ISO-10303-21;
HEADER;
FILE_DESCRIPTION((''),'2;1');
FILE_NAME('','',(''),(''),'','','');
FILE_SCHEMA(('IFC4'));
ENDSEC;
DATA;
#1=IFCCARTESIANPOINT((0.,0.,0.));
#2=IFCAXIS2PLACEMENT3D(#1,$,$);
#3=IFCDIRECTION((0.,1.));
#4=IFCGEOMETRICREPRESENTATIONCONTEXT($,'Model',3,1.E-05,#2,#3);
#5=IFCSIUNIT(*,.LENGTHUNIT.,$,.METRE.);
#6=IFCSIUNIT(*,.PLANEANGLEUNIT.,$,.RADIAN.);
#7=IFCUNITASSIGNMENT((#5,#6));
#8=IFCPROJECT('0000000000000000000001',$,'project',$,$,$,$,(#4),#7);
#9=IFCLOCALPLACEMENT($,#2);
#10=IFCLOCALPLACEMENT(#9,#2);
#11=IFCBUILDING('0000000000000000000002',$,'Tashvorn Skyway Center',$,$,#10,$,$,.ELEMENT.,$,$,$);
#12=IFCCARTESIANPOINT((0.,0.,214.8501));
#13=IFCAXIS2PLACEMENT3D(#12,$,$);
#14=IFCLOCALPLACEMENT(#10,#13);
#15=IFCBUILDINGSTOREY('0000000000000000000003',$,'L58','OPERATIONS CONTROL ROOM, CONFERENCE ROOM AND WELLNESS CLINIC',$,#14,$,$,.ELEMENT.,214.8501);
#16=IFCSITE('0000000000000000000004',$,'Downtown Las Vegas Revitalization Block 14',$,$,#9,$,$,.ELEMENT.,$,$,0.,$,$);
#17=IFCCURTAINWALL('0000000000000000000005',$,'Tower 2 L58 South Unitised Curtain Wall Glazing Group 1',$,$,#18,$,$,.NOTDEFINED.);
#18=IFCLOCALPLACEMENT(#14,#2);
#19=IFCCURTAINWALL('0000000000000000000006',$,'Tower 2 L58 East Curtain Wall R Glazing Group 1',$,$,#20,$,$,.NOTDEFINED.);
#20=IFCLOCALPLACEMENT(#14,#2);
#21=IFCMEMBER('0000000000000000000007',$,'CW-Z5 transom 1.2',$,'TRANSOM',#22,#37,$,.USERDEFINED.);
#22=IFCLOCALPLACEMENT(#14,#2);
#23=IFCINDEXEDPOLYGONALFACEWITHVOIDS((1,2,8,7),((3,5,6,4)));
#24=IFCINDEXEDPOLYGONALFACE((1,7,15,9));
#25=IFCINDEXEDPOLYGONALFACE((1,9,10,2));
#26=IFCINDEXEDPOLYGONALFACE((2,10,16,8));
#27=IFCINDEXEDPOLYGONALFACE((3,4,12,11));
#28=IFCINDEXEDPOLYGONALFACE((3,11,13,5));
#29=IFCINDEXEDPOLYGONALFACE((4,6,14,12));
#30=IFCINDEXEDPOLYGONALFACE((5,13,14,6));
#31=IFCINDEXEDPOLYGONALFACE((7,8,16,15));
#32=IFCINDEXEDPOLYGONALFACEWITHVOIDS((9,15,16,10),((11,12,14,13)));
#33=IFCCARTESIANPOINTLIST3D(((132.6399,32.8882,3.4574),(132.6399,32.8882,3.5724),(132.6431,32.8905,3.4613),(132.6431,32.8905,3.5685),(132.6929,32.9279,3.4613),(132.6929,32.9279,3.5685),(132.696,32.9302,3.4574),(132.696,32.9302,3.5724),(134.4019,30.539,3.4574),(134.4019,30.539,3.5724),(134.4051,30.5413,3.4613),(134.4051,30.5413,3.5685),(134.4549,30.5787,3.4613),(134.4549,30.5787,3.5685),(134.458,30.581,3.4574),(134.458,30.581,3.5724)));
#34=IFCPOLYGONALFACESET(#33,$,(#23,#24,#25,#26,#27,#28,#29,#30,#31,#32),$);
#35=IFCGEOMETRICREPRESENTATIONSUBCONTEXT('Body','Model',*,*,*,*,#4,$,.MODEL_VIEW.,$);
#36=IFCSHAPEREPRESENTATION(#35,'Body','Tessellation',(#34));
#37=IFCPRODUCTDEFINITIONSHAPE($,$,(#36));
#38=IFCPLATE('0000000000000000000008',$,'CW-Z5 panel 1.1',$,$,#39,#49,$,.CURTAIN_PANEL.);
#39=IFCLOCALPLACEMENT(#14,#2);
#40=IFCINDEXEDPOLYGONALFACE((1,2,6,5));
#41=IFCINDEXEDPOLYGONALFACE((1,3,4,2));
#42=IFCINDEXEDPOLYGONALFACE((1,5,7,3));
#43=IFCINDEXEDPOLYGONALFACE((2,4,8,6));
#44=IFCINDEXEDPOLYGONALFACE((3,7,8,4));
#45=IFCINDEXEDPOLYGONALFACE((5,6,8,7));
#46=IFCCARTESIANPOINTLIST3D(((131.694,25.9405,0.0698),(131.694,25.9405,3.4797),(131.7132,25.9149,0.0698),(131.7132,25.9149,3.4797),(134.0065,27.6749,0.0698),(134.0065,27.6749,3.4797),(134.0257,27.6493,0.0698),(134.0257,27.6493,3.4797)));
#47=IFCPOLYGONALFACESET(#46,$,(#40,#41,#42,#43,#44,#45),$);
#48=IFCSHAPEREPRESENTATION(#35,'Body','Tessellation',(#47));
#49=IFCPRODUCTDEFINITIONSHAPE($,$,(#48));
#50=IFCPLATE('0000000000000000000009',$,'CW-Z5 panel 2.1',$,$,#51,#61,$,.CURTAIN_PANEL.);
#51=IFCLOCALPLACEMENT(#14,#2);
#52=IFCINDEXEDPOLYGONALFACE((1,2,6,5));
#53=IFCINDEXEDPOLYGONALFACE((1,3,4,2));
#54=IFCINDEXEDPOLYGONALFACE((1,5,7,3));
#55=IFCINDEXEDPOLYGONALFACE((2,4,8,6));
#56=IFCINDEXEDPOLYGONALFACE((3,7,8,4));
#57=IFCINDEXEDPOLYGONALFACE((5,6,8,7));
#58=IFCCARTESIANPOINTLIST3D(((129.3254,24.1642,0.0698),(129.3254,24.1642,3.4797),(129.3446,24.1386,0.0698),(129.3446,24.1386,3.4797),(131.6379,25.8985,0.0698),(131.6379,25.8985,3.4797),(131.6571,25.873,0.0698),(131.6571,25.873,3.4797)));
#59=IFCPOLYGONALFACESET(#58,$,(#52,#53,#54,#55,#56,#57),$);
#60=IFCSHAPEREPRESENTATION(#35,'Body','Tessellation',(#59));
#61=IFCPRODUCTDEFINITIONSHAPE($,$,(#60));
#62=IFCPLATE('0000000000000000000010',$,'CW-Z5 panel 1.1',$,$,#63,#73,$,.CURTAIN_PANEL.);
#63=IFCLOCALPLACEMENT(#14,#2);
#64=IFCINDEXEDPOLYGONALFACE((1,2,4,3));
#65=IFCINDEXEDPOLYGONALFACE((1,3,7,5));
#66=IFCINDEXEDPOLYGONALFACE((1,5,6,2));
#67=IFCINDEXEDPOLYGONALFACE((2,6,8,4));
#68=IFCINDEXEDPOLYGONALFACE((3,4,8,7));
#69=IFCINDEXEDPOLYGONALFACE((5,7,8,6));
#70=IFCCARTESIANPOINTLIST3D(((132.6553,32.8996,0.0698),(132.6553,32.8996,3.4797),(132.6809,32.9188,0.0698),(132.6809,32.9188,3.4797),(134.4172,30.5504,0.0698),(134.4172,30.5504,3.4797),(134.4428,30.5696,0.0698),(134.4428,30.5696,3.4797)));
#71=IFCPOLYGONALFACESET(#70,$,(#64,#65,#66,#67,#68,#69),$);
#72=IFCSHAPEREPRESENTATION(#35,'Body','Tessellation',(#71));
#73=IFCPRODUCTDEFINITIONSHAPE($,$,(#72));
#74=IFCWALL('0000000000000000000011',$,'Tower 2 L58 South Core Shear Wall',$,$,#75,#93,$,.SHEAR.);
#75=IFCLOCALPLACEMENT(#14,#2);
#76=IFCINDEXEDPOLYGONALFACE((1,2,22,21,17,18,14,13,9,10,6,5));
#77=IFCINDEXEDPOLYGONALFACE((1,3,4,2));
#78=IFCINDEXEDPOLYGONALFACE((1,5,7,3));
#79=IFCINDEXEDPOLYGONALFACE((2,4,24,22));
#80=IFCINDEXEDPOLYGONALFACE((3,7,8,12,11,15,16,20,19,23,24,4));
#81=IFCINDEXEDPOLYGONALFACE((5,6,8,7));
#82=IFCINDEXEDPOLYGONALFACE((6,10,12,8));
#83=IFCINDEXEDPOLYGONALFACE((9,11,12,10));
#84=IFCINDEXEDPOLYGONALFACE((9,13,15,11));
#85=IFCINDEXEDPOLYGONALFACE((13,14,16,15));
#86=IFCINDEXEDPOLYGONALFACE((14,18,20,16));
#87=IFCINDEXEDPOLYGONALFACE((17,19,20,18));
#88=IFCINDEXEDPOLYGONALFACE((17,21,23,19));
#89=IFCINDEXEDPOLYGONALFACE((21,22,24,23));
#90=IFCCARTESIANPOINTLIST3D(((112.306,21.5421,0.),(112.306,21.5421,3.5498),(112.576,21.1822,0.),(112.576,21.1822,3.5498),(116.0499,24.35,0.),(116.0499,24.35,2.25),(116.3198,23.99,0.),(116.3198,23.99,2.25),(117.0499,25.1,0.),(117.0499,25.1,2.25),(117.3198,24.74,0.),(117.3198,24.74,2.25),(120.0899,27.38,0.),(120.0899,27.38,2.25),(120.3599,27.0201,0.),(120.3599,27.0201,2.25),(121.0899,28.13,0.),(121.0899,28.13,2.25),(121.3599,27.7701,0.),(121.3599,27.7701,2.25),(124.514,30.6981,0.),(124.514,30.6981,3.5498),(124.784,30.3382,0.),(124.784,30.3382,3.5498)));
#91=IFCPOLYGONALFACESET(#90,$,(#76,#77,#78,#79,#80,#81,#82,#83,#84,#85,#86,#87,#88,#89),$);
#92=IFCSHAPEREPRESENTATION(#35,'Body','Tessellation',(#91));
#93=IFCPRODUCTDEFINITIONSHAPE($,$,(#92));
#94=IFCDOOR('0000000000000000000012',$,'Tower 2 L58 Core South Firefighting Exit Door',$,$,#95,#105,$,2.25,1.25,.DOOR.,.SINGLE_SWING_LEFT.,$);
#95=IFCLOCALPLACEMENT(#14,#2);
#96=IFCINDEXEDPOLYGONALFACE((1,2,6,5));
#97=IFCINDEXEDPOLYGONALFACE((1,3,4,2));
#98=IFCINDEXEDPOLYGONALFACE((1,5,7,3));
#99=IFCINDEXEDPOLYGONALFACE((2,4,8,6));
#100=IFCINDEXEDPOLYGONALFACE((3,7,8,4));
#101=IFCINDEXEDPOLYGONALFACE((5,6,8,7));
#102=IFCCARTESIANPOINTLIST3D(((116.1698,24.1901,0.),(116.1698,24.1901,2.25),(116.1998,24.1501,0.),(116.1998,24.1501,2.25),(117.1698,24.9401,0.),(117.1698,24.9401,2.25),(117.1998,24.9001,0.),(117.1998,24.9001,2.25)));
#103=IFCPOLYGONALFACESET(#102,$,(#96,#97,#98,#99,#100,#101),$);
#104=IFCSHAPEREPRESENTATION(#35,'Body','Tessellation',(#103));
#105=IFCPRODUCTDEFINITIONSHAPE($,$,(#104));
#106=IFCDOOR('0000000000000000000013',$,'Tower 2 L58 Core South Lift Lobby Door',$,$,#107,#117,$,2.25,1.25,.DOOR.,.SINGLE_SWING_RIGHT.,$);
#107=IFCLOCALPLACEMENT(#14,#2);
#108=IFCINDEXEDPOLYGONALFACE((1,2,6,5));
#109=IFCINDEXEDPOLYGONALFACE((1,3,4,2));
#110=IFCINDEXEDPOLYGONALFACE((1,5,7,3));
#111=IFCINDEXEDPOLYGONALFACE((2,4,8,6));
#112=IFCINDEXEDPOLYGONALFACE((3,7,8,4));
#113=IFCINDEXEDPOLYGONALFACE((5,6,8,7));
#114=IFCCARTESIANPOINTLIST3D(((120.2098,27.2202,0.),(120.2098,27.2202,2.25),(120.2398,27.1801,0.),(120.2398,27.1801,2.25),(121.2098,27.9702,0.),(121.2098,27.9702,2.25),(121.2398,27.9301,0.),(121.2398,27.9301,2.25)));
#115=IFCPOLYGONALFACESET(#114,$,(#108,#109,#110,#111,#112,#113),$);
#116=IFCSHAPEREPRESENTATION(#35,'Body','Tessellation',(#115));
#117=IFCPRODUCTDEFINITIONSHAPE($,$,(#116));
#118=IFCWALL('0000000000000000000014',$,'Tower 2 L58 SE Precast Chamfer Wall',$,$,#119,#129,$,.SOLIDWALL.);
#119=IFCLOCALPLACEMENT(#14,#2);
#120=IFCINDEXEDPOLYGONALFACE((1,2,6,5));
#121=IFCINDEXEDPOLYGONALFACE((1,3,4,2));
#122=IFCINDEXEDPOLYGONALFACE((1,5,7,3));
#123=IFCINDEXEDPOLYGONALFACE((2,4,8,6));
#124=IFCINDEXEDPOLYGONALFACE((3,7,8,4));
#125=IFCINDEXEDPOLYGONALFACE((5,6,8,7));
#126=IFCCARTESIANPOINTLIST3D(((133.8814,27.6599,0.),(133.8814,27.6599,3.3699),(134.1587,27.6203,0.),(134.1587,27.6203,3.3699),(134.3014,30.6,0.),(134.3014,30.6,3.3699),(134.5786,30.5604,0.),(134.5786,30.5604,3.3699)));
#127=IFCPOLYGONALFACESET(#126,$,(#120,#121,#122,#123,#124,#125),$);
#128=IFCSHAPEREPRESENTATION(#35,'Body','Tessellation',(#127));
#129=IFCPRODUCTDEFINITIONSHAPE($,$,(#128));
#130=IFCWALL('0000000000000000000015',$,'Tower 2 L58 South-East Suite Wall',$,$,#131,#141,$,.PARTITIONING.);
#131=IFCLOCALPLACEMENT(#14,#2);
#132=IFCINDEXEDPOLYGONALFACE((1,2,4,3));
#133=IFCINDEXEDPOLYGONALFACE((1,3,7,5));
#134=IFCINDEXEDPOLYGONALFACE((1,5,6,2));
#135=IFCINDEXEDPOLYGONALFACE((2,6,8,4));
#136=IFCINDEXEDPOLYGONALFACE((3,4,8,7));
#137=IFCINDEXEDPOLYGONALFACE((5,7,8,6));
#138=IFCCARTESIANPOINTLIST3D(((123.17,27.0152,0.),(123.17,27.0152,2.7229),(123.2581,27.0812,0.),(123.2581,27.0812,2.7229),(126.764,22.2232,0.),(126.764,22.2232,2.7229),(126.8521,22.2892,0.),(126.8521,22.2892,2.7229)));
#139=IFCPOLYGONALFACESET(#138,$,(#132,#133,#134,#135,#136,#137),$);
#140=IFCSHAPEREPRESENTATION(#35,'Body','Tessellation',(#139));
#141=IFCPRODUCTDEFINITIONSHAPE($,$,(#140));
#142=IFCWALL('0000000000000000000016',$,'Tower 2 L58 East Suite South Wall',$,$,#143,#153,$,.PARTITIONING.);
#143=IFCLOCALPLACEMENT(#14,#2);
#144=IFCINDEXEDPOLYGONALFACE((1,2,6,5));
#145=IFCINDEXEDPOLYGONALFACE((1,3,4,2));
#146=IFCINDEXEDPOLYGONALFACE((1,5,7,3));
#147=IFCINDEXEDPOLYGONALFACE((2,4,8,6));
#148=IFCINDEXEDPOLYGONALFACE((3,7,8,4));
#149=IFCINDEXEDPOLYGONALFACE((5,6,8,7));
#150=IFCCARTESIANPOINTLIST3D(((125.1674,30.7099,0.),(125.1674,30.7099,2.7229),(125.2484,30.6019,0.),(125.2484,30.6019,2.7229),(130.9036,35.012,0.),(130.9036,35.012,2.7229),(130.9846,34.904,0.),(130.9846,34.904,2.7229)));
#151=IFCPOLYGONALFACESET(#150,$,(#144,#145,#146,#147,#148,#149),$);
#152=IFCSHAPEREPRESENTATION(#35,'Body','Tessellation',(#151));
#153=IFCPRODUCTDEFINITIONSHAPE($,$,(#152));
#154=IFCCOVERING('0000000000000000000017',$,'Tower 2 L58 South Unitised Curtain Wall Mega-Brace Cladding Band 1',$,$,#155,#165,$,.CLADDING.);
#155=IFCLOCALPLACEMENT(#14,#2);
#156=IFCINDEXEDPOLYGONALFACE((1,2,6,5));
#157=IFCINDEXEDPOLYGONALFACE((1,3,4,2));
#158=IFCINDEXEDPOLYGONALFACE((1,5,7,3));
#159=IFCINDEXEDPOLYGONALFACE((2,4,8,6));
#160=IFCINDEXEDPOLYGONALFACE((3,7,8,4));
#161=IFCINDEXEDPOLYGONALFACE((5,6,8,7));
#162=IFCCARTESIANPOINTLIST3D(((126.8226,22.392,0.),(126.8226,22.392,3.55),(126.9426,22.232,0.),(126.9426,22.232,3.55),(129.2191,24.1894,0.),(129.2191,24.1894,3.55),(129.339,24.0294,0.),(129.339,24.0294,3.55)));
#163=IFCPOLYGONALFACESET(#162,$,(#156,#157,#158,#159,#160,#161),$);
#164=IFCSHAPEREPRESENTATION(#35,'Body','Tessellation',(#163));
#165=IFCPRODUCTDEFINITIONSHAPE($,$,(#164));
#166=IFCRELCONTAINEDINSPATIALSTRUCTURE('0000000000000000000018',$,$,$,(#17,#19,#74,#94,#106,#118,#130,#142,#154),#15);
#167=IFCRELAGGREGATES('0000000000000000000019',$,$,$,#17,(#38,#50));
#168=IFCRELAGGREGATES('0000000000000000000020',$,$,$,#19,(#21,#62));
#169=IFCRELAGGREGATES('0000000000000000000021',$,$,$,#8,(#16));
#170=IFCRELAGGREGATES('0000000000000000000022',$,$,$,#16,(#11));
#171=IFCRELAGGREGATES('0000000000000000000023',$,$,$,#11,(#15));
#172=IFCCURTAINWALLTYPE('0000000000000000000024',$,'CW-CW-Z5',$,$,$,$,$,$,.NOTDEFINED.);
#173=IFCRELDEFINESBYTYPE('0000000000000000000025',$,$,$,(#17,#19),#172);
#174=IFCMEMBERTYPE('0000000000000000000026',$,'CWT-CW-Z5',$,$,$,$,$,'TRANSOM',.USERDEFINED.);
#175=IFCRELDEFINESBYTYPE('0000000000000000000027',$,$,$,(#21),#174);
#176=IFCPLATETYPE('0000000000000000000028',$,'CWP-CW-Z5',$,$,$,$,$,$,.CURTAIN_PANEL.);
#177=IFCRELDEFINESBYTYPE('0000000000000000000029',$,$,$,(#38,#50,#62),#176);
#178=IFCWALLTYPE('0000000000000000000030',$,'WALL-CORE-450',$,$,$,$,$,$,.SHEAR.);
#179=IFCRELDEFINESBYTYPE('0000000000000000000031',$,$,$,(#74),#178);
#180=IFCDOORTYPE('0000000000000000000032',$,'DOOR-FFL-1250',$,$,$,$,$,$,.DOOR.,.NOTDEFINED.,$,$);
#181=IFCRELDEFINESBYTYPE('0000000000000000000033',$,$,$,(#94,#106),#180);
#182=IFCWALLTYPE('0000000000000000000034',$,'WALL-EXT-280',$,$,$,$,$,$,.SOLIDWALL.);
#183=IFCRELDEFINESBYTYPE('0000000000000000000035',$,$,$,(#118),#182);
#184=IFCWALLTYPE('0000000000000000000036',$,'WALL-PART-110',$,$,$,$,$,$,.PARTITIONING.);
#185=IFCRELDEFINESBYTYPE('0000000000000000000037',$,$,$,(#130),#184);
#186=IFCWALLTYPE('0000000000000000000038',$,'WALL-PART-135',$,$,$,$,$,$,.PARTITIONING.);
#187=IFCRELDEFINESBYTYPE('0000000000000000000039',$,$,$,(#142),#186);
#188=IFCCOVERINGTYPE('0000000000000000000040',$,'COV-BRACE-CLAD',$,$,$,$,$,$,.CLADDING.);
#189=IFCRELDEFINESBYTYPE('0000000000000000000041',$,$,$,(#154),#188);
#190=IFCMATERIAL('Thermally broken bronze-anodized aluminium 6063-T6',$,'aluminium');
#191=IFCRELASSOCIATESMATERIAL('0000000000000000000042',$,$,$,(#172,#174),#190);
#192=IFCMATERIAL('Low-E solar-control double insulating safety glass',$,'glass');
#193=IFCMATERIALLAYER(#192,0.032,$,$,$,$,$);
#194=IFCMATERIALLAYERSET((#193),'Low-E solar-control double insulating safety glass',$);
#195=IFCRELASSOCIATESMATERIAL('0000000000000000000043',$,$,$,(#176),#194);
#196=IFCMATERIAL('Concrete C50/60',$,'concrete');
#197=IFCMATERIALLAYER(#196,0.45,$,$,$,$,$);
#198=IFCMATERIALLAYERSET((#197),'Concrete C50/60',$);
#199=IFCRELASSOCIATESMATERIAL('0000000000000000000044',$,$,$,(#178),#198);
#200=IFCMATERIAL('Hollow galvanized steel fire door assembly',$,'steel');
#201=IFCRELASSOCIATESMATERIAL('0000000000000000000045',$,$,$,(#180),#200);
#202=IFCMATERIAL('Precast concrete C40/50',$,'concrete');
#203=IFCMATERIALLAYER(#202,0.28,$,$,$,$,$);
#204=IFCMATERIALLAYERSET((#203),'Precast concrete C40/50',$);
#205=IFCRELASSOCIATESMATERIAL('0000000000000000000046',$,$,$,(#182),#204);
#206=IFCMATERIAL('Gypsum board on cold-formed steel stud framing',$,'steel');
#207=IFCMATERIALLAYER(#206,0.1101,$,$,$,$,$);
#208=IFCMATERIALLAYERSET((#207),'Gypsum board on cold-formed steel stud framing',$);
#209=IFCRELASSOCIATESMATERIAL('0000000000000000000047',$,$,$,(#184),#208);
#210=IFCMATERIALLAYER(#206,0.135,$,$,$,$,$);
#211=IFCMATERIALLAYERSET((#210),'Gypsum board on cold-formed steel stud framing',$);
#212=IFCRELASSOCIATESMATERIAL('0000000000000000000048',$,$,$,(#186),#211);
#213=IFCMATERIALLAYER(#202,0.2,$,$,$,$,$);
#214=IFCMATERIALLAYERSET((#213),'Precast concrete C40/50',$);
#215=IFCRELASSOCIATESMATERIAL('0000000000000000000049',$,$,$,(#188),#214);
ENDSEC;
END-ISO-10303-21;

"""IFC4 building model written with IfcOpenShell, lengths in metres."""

from ifc_helpers import new_model, si_unit, direction, frame, frame_2d, origin, origin_2d, place, context, subcontext, project, spatial, rectangle, hollow_rectangle, extrude, material, layer, layer_set, material_profile, profile_set, type_object, element, fill, aggregate, save


model = new_model("IFC4")

# Units and contexts
model_context = context("Model", 3, precision=1e-05, world=origin(), true_north=direction((0.0, 1.0)))
body_context = subcontext(model_context, "Body", "Model", "MODEL_VIEW")
ifc_project = project(units=[si_unit("LENGTHUNIT", "METRE"), si_unit("PLANEANGLEUNIT", "RADIAN")], contexts=[model_context])

# Site, building, storey
site_placement = place(None, origin())
site = spatial("IfcSite", under=ifc_project, at=site_placement, Name="Downtown Las Vegas Revitalization Block 14", CompositionType="ELEMENT", RefElevation=0.0)
building_placement = place(site_placement, origin())
building = spatial("IfcBuilding", under=site, at=building_placement, Name="Tashvorn Skyway Center", CompositionType="ELEMENT")
storey_placement = place(building_placement, frame((0.0, 0.0, 214.8501)))
storey = spatial("IfcBuildingStorey", under=building, at=storey_placement, Name="L58", Description="OPERATIONS CONTROL ROOM, CONFERENCE ROOM AND WELLNESS CLINIC", CompositionType="ELEMENT", Elevation=214.8501)

# Curtain wall
ifc_material_1 = material(Name="Thermally broken bronze-anodized aluminium 6063-T6", Category="aluminium")
curtain_wall_type = type_object("IfcCurtainWallType", Name="CW-CW-Z5", PredefinedType="NOTDEFINED", material=ifc_material_1)
curtain_wall_1_placement = place(storey_placement, origin())
curtain_wall_1 = element("IfcCurtainWall", 1, at=curtain_wall_1_placement, inside=storey, type_object=curtain_wall_type, Name="Tower 2 L58 South Unitised Curtain Wall Glazing Group 1", PredefinedType="NOTDEFINED")

# Curtain wall
curtain_wall_2_placement = place(storey_placement, origin())
curtain_wall_2 = element("IfcCurtainWall", 2, at=curtain_wall_2_placement, inside=storey, type_object=curtain_wall_type, Name="Tower 2 L58 East Curtain Wall R Glazing Group 1", PredefinedType="NOTDEFINED")

# Member
ifc_material_profile_1 = material_profile(ifc_material_1, hollow_rectangle(XDim=0.0701, YDim=0.115, WallThickness=0.0039, at=origin_2d()), Name="ALU-TRAN-70x115")
ifc_profile_set_1 = profile_set([ifc_material_profile_1], Name="Thermally broken bronze-anodized aluminium 6063-T6")
member_type_1 = type_object("IfcMemberType", Name="CWT-CW-Z5", ElementType="TRANSOM", PredefinedType="USERDEFINED", material=ifc_profile_set_1)
member_1_placement = place(storey_placement, frame((132.668, 32.9092, 3.5149), z_axis=(0.600027, -0.79998, 0.0), x_axis=(0.79998, 0.600027, 0.0)))
member_1 = element("IfcMember", 3, at=member_1_placement, type_object=member_type_1, Name="CW-Z5 transom 1.2", ObjectType="TRANSOM", PredefinedType="USERDEFINED", context=body_context, shape_type="SweptSolid", body=[
    extrude(hollow_rectangle(XDim=0.0701, YDim=0.115, WallThickness=0.0039, at=origin_2d()), origin(), (0.0, 0.0, 1.0), 2.9365),
])

# Plates
ifc_material_2 = material(Name="Low-E solar-control double insulating safety glass", Category="glass")
ifc_layer_1 = layer(ifc_material_2, 0.032)
ifc_layer_set_1 = layer_set([ifc_layer_1], Name="Low-E solar-control double insulating safety glass")
plate_type = type_object("IfcPlateType", Name="CWP-CW-Z5", PredefinedType="CURTAIN_PANEL", material=ifc_layer_set_1)
plate_1_placement = place(storey_placement, frame((132.8599, 26.7949, 0.0698), z_axis=(0.0, 0.0, 1.0), x_axis=(-0.799998, -0.600003, 0.0)))
plate_1 = element("IfcPlate", 4, at=plate_1_placement, type_object=plate_type, Name="CW-Z5 panel 1.1", PredefinedType="CURTAIN_PANEL", context=body_context, shape_type="SweptSolid", body=[
    extrude(rectangle(XDim=2.8906, YDim=0.032, at=origin_2d()), origin(), (0.0, 0.0, 1.0), 3.4099),
])
plate_2_placement = place(storey_placement, frame((130.4912, 25.0186, 0.0698), z_axis=(0.0, 0.0, 1.0), x_axis=(-0.799998, -0.600003, 0.0)))
plate_2 = element("IfcPlate", 5, at=plate_2_placement, type_object=plate_type, Name="CW-Z5 panel 2.1", PredefinedType="CURTAIN_PANEL", context=body_context, shape_type="SweptSolid", body=[
    extrude(rectangle(XDim=2.8906, YDim=0.032, at=origin_2d()), origin(), (0.0, 0.0, 1.0), 3.4099),
])
aggregate(curtain_wall_1, [plate_1, plate_2])
plate_3_placement = place(storey_placement, frame((133.5491, 31.7346, 0.0698), z_axis=(0.0, 0.0, 1.0), x_axis=(0.600005, -0.799996, 0.0)))
plate_3 = element("IfcPlate", 6, at=plate_3_placement, type_object=plate_type, Name="CW-Z5 panel 1.1", PredefinedType="CURTAIN_PANEL", context=body_context, shape_type="SweptSolid", body=[
    extrude(rectangle(XDim=2.9365, YDim=0.032, at=origin_2d()), origin(), (0.0, 0.0, 1.0), 3.4099),
])
aggregate(curtain_wall_2, [member_1, plate_3])

# Wall, openings, doors
ifc_material_3 = material(Name="Concrete C50/60", Category="concrete")
ifc_layer_2 = layer(ifc_material_3, 0.45)
ifc_layer_set_2 = layer_set([ifc_layer_2], Name="Concrete C50/60")
wall_type_1 = type_object("IfcWallType", Name="WALL-CORE-450", PredefinedType="SHEAR", material=ifc_layer_set_2)
wall_1_placement = place(storey_placement, frame((124.6489, 30.5181, 0.0), z_axis=(0.0, 0.0, 1.0), x_axis=(-0.8, -0.6, 0.0)))
wall_1 = element("IfcWall", 7, at=wall_1_placement, inside=storey, type_object=wall_type_1, Name="Tower 2 L58 South Core Shear Wall", PredefinedType="SHEAR", context=body_context, shape_type="SweptSolid", body=[
    extrude(rectangle(XDim=15.26, YDim=0.45, at=frame_2d((7.6299, 0.0))), origin(), (0.0, 0.0, 1.0), 3.5498),
])
opening_1_placement = place(wall_1_placement, frame((9.3301, 0.0, 0.0)))
opening_1 = element("IfcOpeningElement", 8, at=opening_1_placement, cuts=wall_1, PredefinedType="OPENING", context=body_context, shape_type="SweptSolid", body=[
    extrude(rectangle(XDim=1.25, YDim=2.25, at=frame_2d((0.625, 1.125))), frame((0.0, 0.2349, 0.0), z_axis=(0.0, -1.0, 0.0), x_axis=(1.0, 0.0, 0.0)), (0.0, 0.0, 1.0), 0.47),
])
opening_2_placement = place(wall_1_placement, frame((4.28, 0.0, 0.0)))
opening_2 = element("IfcOpeningElement", 9, at=opening_2_placement, cuts=wall_1, PredefinedType="OPENING", context=body_context, shape_type="SweptSolid", body=[
    extrude(rectangle(XDim=1.25, YDim=2.25, at=frame_2d((0.625, 1.125))), frame((0.0, 0.2349, 0.0), z_axis=(0.0, -1.0, 0.0), x_axis=(1.0, 0.0, 0.0)), (0.0, 0.0, 1.0), 0.47),
])
ifc_material_4 = material(Name="Hollow galvanized steel fire door assembly", Category="steel")
door_type = type_object("IfcDoorType", Name="DOOR-FFL-1250", OperationType="NOTDEFINED", PredefinedType="DOOR", material=ifc_material_4)
door_1_placement = place(opening_1_placement, origin())
door_1 = element("IfcDoor", 10, at=door_1_placement, inside=storey, type_object=door_type, Name="Tower 2 L58 Core South Firefighting Exit Door", OperationType="SINGLE_SWING_LEFT", OverallHeight=2.25, OverallWidth=1.25, PredefinedType="DOOR", context=body_context, shape_type="SweptSolid", body=[
    extrude(rectangle(XDim=1.25, YDim=2.25, at=frame_2d((0.625, 1.125))), frame((0.0, 0.0249, 0.0), z_axis=(0.0, -1.0, 0.0), x_axis=(1.0, 0.0, 0.0)), (0.0, 0.0, 1.0), 0.05),
])
fill(opening_1, door_1)
door_2_placement = place(opening_2_placement, origin())
door_2 = element("IfcDoor", 11, at=door_2_placement, inside=storey, type_object=door_type, Name="Tower 2 L58 Core South Lift Lobby Door", OperationType="SINGLE_SWING_RIGHT", OverallHeight=2.25, OverallWidth=1.25, PredefinedType="DOOR", context=body_context, shape_type="SweptSolid", body=[
    extrude(rectangle(XDim=1.25, YDim=2.25, at=frame_2d((0.625, 1.125))), frame((0.0, 0.0249, 0.0), z_axis=(0.0, -1.0, 0.0), x_axis=(1.0, 0.0, 0.0)), (0.0, 0.0, 1.0), 0.05),
])
fill(opening_2, door_2)

# Walls
ifc_material_5 = material(Name="Precast concrete C40/50", Category="concrete")
ifc_layer_3 = layer(ifc_material_5, 0.28)
ifc_layer_set_3 = layer_set([ifc_layer_3], Name="Precast concrete C40/50")
wall_type_2 = type_object("IfcWallType", Name="WALL-EXT-280", PredefinedType="SOLIDWALL", material=ifc_layer_set_3)
wall_2_placement = place(storey_placement, frame((134.4399, 30.5801, 0.0), z_axis=(0.0, 0.0, 1.0), x_axis=(-0.141387, -0.989954, 0.0)))
element("IfcWall", 12, at=wall_2_placement, inside=storey, type_object=wall_type_2, Name="Tower 2 L58 SE Precast Chamfer Wall", PredefinedType="SOLIDWALL", context=body_context, shape_type="SweptSolid", body=[
    extrude(rectangle(XDim=2.97, YDim=0.28, at=frame_2d((1.4849, 0.0))), origin(), (0.0, 0.0, 1.0), 3.3699),
])
ifc_material_6 = material(Name="Gypsum board on cold-formed steel stud framing", Category="steel")
ifc_layer_4 = layer(ifc_material_6, 0.1101)
ifc_layer_set_4 = layer_set([ifc_layer_4], Name="Gypsum board on cold-formed steel stud framing")
wall_type_3 = type_object("IfcWallType", Name="WALL-PART-110", PredefinedType="PARTITIONING", material=ifc_layer_set_4)
wall_3_placement = place(storey_placement, frame((126.8081, 22.2561, 0.0), z_axis=(0.0, 0.0, 1.0), x_axis=(-0.6, 0.8, 0.0)))
element("IfcWall", 13, at=wall_3_placement, inside=storey, type_object=wall_type_3, Name="Tower 2 L58 South-East Suite Wall", PredefinedType="PARTITIONING", context=body_context, shape_type="SweptSolid", body=[
    extrude(rectangle(XDim=5.99, YDim=0.1101, at=frame_2d((2.9951, 0.0))), origin(), (0.0, 0.0, 1.0), 2.7229),
])
ifc_layer_5 = layer(ifc_material_6, 0.135)
ifc_layer_set_5 = layer_set([ifc_layer_5], Name="Gypsum board on cold-formed steel stud framing")
wall_type_4 = type_object("IfcWallType", Name="WALL-PART-135", PredefinedType="PARTITIONING", material=ifc_layer_set_5)
wall_4_placement = place(storey_placement, frame((125.208, 30.656, 0.0), z_axis=(0.0, 0.0, 1.0), x_axis=(0.800004, 0.599995, 0.0)))
element("IfcWall", 14, at=wall_4_placement, inside=storey, type_object=wall_type_4, Name="Tower 2 L58 East Suite South Wall", PredefinedType="PARTITIONING", context=body_context, shape_type="SweptSolid", body=[
    extrude(rectangle(XDim=7.1702, YDim=0.135, at=frame_2d((3.585, 0.0))), origin(), (0.0, 0.0, 1.0), 2.7229),
])

# Covering
ifc_layer_6 = layer(ifc_material_5, 0.2)
ifc_layer_set_6 = layer_set([ifc_layer_6], Name="Precast concrete C40/50")
covering_type_1 = type_object("IfcCoveringType", Name="COV-BRACE-CLAD", PredefinedType="CLADDING", material=ifc_layer_set_6)
covering_1_placement = place(storey_placement, frame((128.0808, 23.2107, 0.0), z_axis=(0.0, 0.0, 1.0), x_axis=(-0.8, -0.6, 0.0)))
element("IfcCovering", 15, at=covering_1_placement, inside=storey, type_object=covering_type_1, Name="Tower 2 L58 South Unitised Curtain Wall Mega-Brace Cladding Band 1", PredefinedType="CLADDING", context=body_context, shape_type="SweptSolid", body=[
    extrude(rectangle(XDim=2.9956, YDim=0.2, at=origin_2d()), origin(), (0.0, 0.0, 1.0), 3.55),
])

save(model, "model.ifc")
